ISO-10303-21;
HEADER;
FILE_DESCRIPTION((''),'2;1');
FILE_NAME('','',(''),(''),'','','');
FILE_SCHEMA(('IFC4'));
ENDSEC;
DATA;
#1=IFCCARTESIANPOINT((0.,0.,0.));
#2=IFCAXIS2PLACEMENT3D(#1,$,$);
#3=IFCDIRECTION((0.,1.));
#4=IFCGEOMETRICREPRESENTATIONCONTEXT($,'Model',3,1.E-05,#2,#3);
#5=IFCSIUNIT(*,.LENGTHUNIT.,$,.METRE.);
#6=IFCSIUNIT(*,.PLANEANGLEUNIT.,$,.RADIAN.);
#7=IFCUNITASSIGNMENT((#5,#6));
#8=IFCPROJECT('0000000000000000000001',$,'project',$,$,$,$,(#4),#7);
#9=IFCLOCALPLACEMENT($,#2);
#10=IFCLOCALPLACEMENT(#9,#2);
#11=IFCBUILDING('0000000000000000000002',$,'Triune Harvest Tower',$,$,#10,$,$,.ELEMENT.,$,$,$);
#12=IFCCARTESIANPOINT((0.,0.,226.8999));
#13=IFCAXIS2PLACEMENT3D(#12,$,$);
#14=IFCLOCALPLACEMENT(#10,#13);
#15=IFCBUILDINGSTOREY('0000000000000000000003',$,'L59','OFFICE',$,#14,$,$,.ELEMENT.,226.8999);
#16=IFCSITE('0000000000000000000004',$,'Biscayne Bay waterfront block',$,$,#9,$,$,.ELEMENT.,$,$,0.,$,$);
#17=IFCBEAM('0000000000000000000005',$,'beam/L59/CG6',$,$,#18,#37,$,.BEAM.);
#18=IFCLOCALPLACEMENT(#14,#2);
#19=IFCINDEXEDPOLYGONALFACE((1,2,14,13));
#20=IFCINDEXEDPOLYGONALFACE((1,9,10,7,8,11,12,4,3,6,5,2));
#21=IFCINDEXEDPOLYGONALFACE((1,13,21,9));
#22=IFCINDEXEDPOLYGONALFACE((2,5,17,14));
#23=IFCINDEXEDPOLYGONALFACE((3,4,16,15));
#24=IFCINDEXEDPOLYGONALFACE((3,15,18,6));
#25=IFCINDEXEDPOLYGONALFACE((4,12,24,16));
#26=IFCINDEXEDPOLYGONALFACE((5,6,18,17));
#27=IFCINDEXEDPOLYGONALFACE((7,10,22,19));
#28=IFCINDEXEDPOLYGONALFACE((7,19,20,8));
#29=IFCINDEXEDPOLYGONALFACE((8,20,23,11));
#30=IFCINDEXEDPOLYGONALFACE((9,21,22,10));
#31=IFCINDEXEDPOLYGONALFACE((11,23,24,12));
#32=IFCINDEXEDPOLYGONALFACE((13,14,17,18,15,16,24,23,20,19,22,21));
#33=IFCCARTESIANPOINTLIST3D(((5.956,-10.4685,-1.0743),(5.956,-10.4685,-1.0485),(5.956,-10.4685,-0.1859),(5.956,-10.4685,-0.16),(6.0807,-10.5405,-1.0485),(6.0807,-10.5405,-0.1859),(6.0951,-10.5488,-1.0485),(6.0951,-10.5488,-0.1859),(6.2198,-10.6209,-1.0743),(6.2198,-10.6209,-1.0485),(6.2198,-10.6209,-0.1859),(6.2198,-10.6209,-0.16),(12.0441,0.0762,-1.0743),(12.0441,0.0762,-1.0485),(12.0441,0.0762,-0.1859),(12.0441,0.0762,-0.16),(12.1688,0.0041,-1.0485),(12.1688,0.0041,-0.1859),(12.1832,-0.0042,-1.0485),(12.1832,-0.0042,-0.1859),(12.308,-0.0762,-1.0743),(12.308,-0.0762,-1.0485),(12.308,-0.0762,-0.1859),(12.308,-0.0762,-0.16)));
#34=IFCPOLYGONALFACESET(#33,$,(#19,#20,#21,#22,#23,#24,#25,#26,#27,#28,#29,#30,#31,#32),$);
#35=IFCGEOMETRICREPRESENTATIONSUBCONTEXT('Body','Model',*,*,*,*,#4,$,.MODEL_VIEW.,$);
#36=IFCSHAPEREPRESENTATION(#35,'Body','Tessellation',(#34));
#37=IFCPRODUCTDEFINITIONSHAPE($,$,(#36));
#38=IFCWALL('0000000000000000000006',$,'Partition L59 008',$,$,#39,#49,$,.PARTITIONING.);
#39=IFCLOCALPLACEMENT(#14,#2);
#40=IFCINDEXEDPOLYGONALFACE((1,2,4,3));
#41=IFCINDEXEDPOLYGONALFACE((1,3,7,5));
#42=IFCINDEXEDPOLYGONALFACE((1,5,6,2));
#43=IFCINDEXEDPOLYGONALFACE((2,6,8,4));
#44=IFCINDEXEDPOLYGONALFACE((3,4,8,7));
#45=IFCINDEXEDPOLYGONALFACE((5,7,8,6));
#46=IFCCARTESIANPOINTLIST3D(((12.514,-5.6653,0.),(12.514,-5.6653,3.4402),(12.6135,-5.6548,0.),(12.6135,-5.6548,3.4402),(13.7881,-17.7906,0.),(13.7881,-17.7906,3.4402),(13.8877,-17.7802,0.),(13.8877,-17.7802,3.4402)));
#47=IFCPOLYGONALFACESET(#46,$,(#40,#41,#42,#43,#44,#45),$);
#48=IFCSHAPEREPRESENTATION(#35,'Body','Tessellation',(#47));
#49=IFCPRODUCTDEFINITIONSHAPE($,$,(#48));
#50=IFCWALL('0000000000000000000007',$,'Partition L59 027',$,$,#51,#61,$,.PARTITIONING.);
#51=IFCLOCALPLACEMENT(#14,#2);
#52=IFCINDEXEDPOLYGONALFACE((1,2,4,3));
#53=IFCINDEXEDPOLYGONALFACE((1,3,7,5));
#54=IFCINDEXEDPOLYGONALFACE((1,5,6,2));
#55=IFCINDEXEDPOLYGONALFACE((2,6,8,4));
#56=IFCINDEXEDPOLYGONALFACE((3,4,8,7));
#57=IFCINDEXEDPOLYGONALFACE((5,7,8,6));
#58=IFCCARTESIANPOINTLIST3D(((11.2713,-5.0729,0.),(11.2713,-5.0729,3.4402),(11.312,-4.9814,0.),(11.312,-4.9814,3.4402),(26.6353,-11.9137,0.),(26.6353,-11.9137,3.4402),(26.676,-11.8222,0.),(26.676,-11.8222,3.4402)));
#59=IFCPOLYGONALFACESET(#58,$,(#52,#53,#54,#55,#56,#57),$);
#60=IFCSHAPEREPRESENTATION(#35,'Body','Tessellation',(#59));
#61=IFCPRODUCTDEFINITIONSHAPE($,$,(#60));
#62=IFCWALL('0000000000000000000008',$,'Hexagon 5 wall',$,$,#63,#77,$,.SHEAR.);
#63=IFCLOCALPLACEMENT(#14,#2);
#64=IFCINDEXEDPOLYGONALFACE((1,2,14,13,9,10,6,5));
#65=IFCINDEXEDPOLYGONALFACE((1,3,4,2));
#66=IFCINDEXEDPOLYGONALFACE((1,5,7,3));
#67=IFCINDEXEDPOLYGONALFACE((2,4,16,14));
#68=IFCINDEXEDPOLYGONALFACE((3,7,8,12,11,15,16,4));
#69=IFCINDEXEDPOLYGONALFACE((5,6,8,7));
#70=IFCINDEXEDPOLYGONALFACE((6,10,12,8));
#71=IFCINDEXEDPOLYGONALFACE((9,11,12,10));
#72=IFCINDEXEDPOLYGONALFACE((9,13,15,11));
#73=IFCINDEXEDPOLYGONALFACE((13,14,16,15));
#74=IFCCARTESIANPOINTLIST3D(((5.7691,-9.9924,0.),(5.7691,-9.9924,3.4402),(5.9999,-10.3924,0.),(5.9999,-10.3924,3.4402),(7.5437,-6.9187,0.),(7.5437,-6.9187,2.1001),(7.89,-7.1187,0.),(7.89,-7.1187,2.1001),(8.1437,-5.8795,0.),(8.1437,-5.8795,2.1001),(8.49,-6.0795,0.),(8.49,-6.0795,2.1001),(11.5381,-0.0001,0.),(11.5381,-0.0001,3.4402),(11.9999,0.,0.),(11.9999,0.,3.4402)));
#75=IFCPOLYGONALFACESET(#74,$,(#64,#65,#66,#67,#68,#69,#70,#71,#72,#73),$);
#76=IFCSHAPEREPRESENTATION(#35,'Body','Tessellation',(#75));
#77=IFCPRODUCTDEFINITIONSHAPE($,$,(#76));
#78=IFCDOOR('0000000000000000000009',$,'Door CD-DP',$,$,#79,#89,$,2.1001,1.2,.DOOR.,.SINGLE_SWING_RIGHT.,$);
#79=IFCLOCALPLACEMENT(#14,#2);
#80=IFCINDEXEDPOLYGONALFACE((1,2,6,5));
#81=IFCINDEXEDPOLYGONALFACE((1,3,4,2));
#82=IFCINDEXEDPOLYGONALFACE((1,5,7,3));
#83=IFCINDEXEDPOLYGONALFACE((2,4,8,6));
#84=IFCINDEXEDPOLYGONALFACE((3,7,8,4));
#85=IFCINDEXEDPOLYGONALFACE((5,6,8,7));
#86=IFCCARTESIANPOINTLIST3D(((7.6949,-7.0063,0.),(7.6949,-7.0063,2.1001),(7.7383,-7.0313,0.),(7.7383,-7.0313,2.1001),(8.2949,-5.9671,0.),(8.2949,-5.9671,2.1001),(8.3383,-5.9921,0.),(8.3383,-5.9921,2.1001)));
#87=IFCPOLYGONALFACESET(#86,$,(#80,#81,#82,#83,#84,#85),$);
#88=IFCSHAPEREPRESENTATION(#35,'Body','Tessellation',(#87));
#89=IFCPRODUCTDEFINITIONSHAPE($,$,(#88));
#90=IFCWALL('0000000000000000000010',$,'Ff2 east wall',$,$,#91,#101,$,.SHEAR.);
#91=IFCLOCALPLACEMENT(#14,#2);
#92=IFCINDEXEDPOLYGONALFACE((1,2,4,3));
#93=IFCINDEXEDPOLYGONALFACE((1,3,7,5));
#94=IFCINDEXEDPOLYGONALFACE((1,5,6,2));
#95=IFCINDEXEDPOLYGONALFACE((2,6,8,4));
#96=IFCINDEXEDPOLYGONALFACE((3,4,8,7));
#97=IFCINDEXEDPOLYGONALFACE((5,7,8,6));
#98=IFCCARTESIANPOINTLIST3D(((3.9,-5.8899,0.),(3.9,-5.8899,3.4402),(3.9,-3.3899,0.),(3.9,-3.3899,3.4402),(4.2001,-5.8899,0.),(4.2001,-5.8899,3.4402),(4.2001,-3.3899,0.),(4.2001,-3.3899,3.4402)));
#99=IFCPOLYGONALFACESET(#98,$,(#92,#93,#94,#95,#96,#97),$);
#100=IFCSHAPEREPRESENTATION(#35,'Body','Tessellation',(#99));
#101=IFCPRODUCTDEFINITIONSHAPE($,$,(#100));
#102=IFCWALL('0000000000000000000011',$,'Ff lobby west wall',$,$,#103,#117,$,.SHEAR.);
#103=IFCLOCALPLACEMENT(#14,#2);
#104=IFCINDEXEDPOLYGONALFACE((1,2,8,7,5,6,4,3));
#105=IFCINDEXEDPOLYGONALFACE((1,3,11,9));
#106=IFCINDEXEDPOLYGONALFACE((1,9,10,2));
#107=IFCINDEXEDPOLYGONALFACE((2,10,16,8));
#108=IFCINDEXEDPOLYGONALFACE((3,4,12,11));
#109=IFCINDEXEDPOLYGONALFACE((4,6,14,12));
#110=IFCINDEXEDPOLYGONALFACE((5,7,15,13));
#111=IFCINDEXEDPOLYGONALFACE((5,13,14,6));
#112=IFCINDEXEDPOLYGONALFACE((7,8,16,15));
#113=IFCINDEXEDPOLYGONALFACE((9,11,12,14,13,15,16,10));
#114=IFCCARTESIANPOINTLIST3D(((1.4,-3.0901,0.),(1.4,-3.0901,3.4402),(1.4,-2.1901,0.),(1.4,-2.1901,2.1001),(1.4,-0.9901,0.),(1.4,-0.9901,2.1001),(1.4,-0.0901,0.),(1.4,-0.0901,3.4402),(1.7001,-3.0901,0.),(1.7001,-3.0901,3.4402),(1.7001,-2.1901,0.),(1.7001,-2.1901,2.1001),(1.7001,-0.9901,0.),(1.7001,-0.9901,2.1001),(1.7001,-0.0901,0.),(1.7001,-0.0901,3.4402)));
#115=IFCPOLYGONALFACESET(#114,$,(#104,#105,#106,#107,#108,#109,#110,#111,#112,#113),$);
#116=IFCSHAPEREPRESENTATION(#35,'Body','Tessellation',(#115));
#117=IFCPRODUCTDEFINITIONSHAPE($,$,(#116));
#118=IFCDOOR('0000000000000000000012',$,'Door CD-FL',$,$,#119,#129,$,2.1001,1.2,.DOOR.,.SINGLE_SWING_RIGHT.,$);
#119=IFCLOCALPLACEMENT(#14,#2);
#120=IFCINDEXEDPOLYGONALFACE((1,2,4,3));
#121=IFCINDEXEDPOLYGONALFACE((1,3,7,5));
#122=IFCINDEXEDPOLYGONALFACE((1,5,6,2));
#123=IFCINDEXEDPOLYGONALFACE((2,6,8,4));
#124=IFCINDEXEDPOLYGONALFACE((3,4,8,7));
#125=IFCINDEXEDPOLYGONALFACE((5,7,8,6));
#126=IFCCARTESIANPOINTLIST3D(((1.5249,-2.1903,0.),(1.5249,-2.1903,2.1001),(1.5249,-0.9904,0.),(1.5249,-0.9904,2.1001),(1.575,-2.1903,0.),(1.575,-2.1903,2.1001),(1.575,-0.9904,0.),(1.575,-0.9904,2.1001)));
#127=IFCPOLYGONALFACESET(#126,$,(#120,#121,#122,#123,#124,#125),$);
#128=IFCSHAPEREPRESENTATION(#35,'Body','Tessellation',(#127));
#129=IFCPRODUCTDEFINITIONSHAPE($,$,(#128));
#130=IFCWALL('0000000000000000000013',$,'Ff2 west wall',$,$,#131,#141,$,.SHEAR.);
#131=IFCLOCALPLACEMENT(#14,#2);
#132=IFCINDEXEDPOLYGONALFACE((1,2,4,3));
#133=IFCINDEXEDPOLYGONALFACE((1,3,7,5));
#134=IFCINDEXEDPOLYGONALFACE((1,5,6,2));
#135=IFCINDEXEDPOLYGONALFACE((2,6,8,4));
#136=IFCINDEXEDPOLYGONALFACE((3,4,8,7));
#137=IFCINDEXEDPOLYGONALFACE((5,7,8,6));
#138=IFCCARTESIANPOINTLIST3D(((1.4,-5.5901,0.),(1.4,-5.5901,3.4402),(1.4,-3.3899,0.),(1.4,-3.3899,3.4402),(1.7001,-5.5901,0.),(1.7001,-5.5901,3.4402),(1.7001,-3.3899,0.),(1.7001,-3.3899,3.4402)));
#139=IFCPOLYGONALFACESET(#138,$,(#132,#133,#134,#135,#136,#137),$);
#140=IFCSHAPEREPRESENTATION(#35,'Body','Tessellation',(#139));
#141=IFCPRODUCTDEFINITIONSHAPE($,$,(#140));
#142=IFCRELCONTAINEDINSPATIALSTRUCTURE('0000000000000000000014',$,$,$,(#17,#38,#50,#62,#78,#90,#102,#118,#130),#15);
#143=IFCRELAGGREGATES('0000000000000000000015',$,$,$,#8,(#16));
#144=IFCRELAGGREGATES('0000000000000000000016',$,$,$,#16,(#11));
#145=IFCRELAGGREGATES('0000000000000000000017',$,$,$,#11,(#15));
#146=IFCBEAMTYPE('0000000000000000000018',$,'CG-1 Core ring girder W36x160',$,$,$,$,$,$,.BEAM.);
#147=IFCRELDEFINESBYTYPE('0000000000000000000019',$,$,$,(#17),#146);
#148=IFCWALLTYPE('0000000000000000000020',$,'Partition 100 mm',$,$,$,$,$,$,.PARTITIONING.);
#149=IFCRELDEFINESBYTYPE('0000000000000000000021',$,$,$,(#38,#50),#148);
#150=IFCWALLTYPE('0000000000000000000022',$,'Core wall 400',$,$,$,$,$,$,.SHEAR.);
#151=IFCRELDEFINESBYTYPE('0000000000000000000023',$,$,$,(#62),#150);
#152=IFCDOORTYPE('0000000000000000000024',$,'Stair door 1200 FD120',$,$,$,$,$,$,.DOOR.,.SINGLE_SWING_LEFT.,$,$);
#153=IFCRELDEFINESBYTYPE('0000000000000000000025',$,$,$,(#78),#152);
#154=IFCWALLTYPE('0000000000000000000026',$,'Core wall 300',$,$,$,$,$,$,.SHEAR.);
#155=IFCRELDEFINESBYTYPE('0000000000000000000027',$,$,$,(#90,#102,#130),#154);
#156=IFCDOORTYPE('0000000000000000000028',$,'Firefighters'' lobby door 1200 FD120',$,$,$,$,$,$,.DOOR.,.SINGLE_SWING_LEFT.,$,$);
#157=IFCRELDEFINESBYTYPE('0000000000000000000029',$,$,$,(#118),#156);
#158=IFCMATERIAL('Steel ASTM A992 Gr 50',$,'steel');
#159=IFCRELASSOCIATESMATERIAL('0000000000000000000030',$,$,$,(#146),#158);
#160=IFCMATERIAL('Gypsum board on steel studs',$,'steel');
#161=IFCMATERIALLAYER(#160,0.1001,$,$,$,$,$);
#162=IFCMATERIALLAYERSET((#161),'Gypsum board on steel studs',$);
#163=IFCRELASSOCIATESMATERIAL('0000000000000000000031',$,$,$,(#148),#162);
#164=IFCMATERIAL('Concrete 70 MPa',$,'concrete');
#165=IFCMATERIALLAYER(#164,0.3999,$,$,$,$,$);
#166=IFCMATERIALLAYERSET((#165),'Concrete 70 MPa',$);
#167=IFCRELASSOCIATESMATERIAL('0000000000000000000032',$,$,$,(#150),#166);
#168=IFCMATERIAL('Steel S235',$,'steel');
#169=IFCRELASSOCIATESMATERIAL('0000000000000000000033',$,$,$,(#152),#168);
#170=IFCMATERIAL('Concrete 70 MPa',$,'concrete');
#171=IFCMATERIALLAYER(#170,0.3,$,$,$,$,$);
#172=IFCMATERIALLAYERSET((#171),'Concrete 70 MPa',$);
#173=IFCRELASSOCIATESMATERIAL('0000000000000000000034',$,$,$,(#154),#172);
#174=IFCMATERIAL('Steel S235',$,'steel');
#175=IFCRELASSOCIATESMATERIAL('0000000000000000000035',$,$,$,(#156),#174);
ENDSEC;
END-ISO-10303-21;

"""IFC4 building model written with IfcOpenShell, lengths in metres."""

from ifc_helpers import new_model, si_unit, direction, frame, frame_2d, origin, origin_2d, place, context, subcontext, project, spatial, polyline, rectangle, i_section, outline, extrude, source, transform, mapped, material, layer, layer_set, material_profile, profile_set, type_object, element, fill, save


model = new_model("IFC4")

# Units and contexts
model_context = context("Model", 3, precision=1e-05, world=origin(), true_north=direction((0.0, 1.0)))
body_context = subcontext(model_context, "Body", "Model", "MODEL_VIEW")
ifc_project = project(units=[si_unit("LENGTHUNIT", "METRE"), si_unit("PLANEANGLEUNIT", "RADIAN")], contexts=[model_context])

# Site, building, storey
site_placement = place(None, origin())
site = spatial("IfcSite", under=ifc_project, at=site_placement, Name="Biscayne Bay waterfront block", CompositionType="ELEMENT", RefElevation=0.0)
building_placement = place(site_placement, origin())
building = spatial("IfcBuilding", under=site, at=building_placement, Name="Triune Harvest Tower", CompositionType="ELEMENT")
storey_placement = place(building_placement, frame((0.0, 0.0, 226.8999)))
storey = spatial("IfcBuildingStorey", under=building, at=storey_placement, Name="L59", Description="OFFICE", CompositionType="ELEMENT", Elevation=226.8999)

# Beam
ifc_material_1 = material(Name="Steel ASTM A992 Gr 50", Category="steel")
ifc_material_profile = material_profile(ifc_material_1, i_section(OverallWidth=0.3047, OverallDepth=0.9143, WebThickness=0.0166, FlangeThickness=0.0259, at=origin_2d()), Name="W36x160")
ifc_profile_set = profile_set([ifc_material_profile], Name="Steel ASTM A992 Gr 50")
beam_type = type_object("IfcBeamType", Name="CG-1 Core ring girder W36x160", PredefinedType="BEAM", material=ifc_profile_set)
shared_shape_1 = source(origin(), body_context, "Body", "SweptSolid", [
    extrude(i_section(OverallWidth=0.3047, OverallDepth=0.9143, WebThickness=0.0166, FlangeThickness=0.0259, at=origin_2d()), origin(), (0.0, 0.0, 1.0), 12.176),
])
beam_placement = place(storey_placement, frame((6.0879, -10.5447, -0.6172), z_axis=(0.50001, 0.86602, 0.0), x_axis=(-0.86602, 0.50001, 0.0)))
element("IfcBeam", 1, at=beam_placement, inside=storey, type_object=beam_type, Name="beam/L59/CG6", PredefinedType="BEAM", context=body_context, shape_type="MappedRepresentation", body=[
    mapped(shared_shape_1, transform((0.0, 0.0, 0.0), scale=1.0)),
])

# Walls
ifc_material_2 = material(Name="Gypsum board on steel studs", Category="steel")
ifc_layer_1 = layer(ifc_material_2, 0.1001)
ifc_layer_set_1 = layer_set([ifc_layer_1], Name="Gypsum board on steel studs")
wall_type_1 = type_object("IfcWallType", Name="Partition 100 mm", PredefinedType="PARTITIONING", material=ifc_layer_set_1)
wall_1_placement = place(storey_placement, frame((12.5637, -5.6599, 0.0), z_axis=(0.0, 0.0, 1.0), x_axis=(0.104507, -0.994524, 0.0)))
element("IfcWall", 2, at=wall_1_placement, inside=storey, type_object=wall_type_1, Name="Partition L59 008", PredefinedType="PARTITIONING", context=body_context, shape_type="SweptSolid", body=[
    extrude(rectangle(XDim=12.1921, YDim=0.1001, at=frame_2d((6.0962, 0.0))), origin(), (0.0, 0.0, 1.0), 3.4402),
])
wall_2_placement = place(storey_placement, frame((11.2915, -5.0271, 0.0), z_axis=(0.0, 0.0, 1.0), x_axis=(0.913538, -0.406753, 0.0)))
element("IfcWall", 3, at=wall_2_placement, inside=storey, type_object=wall_type_1, Name="Partition L59 027", PredefinedType="PARTITIONING", context=body_context, shape_type="SweptSolid", body=[
    extrude(rectangle(XDim=16.8181, YDim=0.1001, at=frame_2d((8.4092, 0.0))), origin(), (0.0, 0.0, 1.0), 3.4402),
])

# Wall, opening, door
ifc_material_3 = material(Name="Concrete 70 MPa", Category="concrete")
ifc_layer_2 = layer(ifc_material_3, 0.3999)
ifc_layer_set_2 = layer_set([ifc_layer_2], Name="Concrete 70 MPa")
wall_type_2 = type_object("IfcWallType", Name="Core wall 400", PredefinedType="SHEAR", material=ifc_layer_set_2)
shared_shape_2 = source(origin(), body_context, "Body", "SweptSolid", [
    extrude(outline(polyline([(-0.1155, -0.2), (11.8845, -0.2), (11.6536, 0.2), (0.1155, 0.2), (-0.1155, -0.2)])), origin(), (0.0, 0.0, 1.0), 3.4402),
])
wall_3_placement = place(storey_placement, frame((5.8845, -10.1924, 0.0), z_axis=(0.0, 0.0, 1.0), x_axis=(0.499997, 0.866027, 0.0)))
wall_3 = element("IfcWall", 4, at=wall_3_placement, inside=storey, type_object=wall_type_2, Name="Hexagon 5 wall", PredefinedType="SHEAR", context=body_context, shape_type="MappedRepresentation", body=[
    mapped(shared_shape_2, transform((0.0, 0.0, 0.0), scale=1.0)),
])
opening_1_placement = place(wall_3_placement, frame((3.6646, 0.0, 0.0)))
opening_1 = element("IfcOpeningElement", 5, at=opening_1_placement, cuts=wall_3, PredefinedType="OPENING", context=body_context, shape_type="SweptSolid", body=[
    extrude(rectangle(XDim=1.2, YDim=2.1001, at=frame_2d((0.6001, 1.05))), frame((0.0, 0.21, 0.0), z_axis=(0.0, -1.0, 0.0), x_axis=(1.0, 0.0, 0.0)), (0.0, 0.0, 1.0), 0.4199),
])
ifc_material_4 = material(Name="Steel S235", Category="steel")
door_type_1 = type_object("IfcDoorType", Name="Stair door 1200 FD120", OperationType="SINGLE_SWING_LEFT", PredefinedType="DOOR", material=ifc_material_4)
door_1_placement = place(opening_1_placement, frame((1.2, 0.0, 0.0), z_axis=(0.0, 0.0, 1.0), x_axis=(-1.0, 0.0, 0.0)))
door_1 = element("IfcDoor", 6, at=door_1_placement, inside=storey, type_object=door_type_1, Name="Door CD-DP", OperationType="SINGLE_SWING_RIGHT", OverallHeight=2.1001, OverallWidth=1.2, PredefinedType="DOOR", context=body_context, shape_type="SweptSolid", body=[
    extrude(rectangle(XDim=1.2, YDim=2.1001, at=frame_2d((0.6001, 1.05))), frame((0.0, 0.0249, 0.0), z_axis=(0.0, -1.0, 0.0), x_axis=(1.0, 0.0, 0.0)), (0.0, 0.0, 1.0), 0.05),
])
fill(opening_1, door_1)

# Wall
ifc_material_5 = material(Name="Concrete 70 MPa", Category="concrete")
ifc_layer_3 = layer(ifc_material_5, 0.3)
ifc_layer_set_3 = layer_set([ifc_layer_3], Name="Concrete 70 MPa")
wall_type_3 = type_object("IfcWallType", Name="Core wall 300", PredefinedType="SHEAR", material=ifc_layer_set_3)
shared_shape_3 = source(origin(), body_context, "Body", "SweptSolid", [
    extrude(rectangle(XDim=2.5, YDim=0.3, at=frame_2d((1.25, 0.0))), origin(), (0.0, 0.0, 1.0), 3.4402),
])
wall_4_placement = place(storey_placement, frame((4.05, -5.8899, 0.0), z_axis=(0.0, 0.0, 1.0), x_axis=(0.0, 1.0, 0.0)))
element("IfcWall", 7, at=wall_4_placement, inside=storey, type_object=wall_type_3, Name="Ff2 east wall", PredefinedType="SHEAR", context=body_context, shape_type="MappedRepresentation", body=[
    mapped(shared_shape_3, transform((0.0, 0.0, 0.0), scale=1.0)),
])

# Wall, opening, door
shared_shape_4 = source(origin(), body_context, "Body", "SweptSolid", [
    extrude(rectangle(XDim=3.0, YDim=0.3, at=frame_2d((1.5, 0.0))), origin(), (0.0, 0.0, 1.0), 3.4402),
])
wall_5_placement = place(storey_placement, frame((1.55, -3.0901, 0.0), z_axis=(0.0, 0.0, 1.0), x_axis=(0.0, 1.0, 0.0)))
wall_5 = element("IfcWall", 8, at=wall_5_placement, inside=storey, type_object=wall_type_3, Name="Ff lobby west wall", PredefinedType="SHEAR", context=body_context, shape_type="MappedRepresentation", body=[
    mapped(shared_shape_4, transform((0.0, 0.0, 0.0), scale=1.0)),
])
opening_2_placement = place(wall_5_placement, frame((0.8999, 0.0, 0.0)))
opening_2 = element("IfcOpeningElement", 9, at=opening_2_placement, cuts=wall_5, PredefinedType="OPENING", context=body_context, shape_type="SweptSolid", body=[
    extrude(rectangle(XDim=1.2, YDim=2.1001, at=frame_2d((0.6001, 1.05))), frame((0.0, 0.1602, 0.0), z_axis=(0.0, -1.0, 0.0), x_axis=(1.0, 0.0, 0.0)), (0.0, 0.0, 1.0), 0.3201),
])
ifc_material_6 = material(Name="Steel S235", Category="steel")
door_type_2 = type_object("IfcDoorType", Name="Firefighters' lobby door 1200 FD120", OperationType="SINGLE_SWING_LEFT", PredefinedType="DOOR", material=ifc_material_6)
door_2_placement = place(opening_2_placement, frame((1.2, 0.0, 0.0), z_axis=(0.0, 0.0, 1.0), x_axis=(-1.0, 0.0, 0.0)))
door_2 = element("IfcDoor", 10, at=door_2_placement, inside=storey, type_object=door_type_2, Name="Door CD-FL", OperationType="SINGLE_SWING_RIGHT", OverallHeight=2.1001, OverallWidth=1.2, PredefinedType="DOOR", context=body_context, shape_type="SweptSolid", body=[
    extrude(rectangle(XDim=1.2, YDim=2.1001, at=frame_2d((0.6001, 1.05))), frame((0.0, 0.0249, 0.0), z_axis=(0.0, -1.0, 0.0), x_axis=(1.0, 0.0, 0.0)), (0.0, 0.0, 1.0), 0.05),
])
fill(opening_2, door_2)

# Wall
shared_shape_5 = source(origin(), body_context, "Body", "SweptSolid", [
    extrude(rectangle(XDim=2.2002, YDim=0.3, at=frame_2d((1.1001, 0.0))), origin(), (0.0, 0.0, 1.0), 3.4402),
])
wall_6_placement = place(storey_placement, frame((1.55, -5.5901, 0.0), z_axis=(0.0, 0.0, 1.0), x_axis=(0.0, 1.0, 0.0)))
element("IfcWall", 11, at=wall_6_placement, inside=storey, type_object=wall_type_3, Name="Ff2 west wall", PredefinedType="SHEAR", context=body_context, shape_type="MappedRepresentation", body=[
    mapped(shared_shape_5, transform((0.0, 0.0, 0.0), scale=1.0)),
])

save(model, "model.ifc")
